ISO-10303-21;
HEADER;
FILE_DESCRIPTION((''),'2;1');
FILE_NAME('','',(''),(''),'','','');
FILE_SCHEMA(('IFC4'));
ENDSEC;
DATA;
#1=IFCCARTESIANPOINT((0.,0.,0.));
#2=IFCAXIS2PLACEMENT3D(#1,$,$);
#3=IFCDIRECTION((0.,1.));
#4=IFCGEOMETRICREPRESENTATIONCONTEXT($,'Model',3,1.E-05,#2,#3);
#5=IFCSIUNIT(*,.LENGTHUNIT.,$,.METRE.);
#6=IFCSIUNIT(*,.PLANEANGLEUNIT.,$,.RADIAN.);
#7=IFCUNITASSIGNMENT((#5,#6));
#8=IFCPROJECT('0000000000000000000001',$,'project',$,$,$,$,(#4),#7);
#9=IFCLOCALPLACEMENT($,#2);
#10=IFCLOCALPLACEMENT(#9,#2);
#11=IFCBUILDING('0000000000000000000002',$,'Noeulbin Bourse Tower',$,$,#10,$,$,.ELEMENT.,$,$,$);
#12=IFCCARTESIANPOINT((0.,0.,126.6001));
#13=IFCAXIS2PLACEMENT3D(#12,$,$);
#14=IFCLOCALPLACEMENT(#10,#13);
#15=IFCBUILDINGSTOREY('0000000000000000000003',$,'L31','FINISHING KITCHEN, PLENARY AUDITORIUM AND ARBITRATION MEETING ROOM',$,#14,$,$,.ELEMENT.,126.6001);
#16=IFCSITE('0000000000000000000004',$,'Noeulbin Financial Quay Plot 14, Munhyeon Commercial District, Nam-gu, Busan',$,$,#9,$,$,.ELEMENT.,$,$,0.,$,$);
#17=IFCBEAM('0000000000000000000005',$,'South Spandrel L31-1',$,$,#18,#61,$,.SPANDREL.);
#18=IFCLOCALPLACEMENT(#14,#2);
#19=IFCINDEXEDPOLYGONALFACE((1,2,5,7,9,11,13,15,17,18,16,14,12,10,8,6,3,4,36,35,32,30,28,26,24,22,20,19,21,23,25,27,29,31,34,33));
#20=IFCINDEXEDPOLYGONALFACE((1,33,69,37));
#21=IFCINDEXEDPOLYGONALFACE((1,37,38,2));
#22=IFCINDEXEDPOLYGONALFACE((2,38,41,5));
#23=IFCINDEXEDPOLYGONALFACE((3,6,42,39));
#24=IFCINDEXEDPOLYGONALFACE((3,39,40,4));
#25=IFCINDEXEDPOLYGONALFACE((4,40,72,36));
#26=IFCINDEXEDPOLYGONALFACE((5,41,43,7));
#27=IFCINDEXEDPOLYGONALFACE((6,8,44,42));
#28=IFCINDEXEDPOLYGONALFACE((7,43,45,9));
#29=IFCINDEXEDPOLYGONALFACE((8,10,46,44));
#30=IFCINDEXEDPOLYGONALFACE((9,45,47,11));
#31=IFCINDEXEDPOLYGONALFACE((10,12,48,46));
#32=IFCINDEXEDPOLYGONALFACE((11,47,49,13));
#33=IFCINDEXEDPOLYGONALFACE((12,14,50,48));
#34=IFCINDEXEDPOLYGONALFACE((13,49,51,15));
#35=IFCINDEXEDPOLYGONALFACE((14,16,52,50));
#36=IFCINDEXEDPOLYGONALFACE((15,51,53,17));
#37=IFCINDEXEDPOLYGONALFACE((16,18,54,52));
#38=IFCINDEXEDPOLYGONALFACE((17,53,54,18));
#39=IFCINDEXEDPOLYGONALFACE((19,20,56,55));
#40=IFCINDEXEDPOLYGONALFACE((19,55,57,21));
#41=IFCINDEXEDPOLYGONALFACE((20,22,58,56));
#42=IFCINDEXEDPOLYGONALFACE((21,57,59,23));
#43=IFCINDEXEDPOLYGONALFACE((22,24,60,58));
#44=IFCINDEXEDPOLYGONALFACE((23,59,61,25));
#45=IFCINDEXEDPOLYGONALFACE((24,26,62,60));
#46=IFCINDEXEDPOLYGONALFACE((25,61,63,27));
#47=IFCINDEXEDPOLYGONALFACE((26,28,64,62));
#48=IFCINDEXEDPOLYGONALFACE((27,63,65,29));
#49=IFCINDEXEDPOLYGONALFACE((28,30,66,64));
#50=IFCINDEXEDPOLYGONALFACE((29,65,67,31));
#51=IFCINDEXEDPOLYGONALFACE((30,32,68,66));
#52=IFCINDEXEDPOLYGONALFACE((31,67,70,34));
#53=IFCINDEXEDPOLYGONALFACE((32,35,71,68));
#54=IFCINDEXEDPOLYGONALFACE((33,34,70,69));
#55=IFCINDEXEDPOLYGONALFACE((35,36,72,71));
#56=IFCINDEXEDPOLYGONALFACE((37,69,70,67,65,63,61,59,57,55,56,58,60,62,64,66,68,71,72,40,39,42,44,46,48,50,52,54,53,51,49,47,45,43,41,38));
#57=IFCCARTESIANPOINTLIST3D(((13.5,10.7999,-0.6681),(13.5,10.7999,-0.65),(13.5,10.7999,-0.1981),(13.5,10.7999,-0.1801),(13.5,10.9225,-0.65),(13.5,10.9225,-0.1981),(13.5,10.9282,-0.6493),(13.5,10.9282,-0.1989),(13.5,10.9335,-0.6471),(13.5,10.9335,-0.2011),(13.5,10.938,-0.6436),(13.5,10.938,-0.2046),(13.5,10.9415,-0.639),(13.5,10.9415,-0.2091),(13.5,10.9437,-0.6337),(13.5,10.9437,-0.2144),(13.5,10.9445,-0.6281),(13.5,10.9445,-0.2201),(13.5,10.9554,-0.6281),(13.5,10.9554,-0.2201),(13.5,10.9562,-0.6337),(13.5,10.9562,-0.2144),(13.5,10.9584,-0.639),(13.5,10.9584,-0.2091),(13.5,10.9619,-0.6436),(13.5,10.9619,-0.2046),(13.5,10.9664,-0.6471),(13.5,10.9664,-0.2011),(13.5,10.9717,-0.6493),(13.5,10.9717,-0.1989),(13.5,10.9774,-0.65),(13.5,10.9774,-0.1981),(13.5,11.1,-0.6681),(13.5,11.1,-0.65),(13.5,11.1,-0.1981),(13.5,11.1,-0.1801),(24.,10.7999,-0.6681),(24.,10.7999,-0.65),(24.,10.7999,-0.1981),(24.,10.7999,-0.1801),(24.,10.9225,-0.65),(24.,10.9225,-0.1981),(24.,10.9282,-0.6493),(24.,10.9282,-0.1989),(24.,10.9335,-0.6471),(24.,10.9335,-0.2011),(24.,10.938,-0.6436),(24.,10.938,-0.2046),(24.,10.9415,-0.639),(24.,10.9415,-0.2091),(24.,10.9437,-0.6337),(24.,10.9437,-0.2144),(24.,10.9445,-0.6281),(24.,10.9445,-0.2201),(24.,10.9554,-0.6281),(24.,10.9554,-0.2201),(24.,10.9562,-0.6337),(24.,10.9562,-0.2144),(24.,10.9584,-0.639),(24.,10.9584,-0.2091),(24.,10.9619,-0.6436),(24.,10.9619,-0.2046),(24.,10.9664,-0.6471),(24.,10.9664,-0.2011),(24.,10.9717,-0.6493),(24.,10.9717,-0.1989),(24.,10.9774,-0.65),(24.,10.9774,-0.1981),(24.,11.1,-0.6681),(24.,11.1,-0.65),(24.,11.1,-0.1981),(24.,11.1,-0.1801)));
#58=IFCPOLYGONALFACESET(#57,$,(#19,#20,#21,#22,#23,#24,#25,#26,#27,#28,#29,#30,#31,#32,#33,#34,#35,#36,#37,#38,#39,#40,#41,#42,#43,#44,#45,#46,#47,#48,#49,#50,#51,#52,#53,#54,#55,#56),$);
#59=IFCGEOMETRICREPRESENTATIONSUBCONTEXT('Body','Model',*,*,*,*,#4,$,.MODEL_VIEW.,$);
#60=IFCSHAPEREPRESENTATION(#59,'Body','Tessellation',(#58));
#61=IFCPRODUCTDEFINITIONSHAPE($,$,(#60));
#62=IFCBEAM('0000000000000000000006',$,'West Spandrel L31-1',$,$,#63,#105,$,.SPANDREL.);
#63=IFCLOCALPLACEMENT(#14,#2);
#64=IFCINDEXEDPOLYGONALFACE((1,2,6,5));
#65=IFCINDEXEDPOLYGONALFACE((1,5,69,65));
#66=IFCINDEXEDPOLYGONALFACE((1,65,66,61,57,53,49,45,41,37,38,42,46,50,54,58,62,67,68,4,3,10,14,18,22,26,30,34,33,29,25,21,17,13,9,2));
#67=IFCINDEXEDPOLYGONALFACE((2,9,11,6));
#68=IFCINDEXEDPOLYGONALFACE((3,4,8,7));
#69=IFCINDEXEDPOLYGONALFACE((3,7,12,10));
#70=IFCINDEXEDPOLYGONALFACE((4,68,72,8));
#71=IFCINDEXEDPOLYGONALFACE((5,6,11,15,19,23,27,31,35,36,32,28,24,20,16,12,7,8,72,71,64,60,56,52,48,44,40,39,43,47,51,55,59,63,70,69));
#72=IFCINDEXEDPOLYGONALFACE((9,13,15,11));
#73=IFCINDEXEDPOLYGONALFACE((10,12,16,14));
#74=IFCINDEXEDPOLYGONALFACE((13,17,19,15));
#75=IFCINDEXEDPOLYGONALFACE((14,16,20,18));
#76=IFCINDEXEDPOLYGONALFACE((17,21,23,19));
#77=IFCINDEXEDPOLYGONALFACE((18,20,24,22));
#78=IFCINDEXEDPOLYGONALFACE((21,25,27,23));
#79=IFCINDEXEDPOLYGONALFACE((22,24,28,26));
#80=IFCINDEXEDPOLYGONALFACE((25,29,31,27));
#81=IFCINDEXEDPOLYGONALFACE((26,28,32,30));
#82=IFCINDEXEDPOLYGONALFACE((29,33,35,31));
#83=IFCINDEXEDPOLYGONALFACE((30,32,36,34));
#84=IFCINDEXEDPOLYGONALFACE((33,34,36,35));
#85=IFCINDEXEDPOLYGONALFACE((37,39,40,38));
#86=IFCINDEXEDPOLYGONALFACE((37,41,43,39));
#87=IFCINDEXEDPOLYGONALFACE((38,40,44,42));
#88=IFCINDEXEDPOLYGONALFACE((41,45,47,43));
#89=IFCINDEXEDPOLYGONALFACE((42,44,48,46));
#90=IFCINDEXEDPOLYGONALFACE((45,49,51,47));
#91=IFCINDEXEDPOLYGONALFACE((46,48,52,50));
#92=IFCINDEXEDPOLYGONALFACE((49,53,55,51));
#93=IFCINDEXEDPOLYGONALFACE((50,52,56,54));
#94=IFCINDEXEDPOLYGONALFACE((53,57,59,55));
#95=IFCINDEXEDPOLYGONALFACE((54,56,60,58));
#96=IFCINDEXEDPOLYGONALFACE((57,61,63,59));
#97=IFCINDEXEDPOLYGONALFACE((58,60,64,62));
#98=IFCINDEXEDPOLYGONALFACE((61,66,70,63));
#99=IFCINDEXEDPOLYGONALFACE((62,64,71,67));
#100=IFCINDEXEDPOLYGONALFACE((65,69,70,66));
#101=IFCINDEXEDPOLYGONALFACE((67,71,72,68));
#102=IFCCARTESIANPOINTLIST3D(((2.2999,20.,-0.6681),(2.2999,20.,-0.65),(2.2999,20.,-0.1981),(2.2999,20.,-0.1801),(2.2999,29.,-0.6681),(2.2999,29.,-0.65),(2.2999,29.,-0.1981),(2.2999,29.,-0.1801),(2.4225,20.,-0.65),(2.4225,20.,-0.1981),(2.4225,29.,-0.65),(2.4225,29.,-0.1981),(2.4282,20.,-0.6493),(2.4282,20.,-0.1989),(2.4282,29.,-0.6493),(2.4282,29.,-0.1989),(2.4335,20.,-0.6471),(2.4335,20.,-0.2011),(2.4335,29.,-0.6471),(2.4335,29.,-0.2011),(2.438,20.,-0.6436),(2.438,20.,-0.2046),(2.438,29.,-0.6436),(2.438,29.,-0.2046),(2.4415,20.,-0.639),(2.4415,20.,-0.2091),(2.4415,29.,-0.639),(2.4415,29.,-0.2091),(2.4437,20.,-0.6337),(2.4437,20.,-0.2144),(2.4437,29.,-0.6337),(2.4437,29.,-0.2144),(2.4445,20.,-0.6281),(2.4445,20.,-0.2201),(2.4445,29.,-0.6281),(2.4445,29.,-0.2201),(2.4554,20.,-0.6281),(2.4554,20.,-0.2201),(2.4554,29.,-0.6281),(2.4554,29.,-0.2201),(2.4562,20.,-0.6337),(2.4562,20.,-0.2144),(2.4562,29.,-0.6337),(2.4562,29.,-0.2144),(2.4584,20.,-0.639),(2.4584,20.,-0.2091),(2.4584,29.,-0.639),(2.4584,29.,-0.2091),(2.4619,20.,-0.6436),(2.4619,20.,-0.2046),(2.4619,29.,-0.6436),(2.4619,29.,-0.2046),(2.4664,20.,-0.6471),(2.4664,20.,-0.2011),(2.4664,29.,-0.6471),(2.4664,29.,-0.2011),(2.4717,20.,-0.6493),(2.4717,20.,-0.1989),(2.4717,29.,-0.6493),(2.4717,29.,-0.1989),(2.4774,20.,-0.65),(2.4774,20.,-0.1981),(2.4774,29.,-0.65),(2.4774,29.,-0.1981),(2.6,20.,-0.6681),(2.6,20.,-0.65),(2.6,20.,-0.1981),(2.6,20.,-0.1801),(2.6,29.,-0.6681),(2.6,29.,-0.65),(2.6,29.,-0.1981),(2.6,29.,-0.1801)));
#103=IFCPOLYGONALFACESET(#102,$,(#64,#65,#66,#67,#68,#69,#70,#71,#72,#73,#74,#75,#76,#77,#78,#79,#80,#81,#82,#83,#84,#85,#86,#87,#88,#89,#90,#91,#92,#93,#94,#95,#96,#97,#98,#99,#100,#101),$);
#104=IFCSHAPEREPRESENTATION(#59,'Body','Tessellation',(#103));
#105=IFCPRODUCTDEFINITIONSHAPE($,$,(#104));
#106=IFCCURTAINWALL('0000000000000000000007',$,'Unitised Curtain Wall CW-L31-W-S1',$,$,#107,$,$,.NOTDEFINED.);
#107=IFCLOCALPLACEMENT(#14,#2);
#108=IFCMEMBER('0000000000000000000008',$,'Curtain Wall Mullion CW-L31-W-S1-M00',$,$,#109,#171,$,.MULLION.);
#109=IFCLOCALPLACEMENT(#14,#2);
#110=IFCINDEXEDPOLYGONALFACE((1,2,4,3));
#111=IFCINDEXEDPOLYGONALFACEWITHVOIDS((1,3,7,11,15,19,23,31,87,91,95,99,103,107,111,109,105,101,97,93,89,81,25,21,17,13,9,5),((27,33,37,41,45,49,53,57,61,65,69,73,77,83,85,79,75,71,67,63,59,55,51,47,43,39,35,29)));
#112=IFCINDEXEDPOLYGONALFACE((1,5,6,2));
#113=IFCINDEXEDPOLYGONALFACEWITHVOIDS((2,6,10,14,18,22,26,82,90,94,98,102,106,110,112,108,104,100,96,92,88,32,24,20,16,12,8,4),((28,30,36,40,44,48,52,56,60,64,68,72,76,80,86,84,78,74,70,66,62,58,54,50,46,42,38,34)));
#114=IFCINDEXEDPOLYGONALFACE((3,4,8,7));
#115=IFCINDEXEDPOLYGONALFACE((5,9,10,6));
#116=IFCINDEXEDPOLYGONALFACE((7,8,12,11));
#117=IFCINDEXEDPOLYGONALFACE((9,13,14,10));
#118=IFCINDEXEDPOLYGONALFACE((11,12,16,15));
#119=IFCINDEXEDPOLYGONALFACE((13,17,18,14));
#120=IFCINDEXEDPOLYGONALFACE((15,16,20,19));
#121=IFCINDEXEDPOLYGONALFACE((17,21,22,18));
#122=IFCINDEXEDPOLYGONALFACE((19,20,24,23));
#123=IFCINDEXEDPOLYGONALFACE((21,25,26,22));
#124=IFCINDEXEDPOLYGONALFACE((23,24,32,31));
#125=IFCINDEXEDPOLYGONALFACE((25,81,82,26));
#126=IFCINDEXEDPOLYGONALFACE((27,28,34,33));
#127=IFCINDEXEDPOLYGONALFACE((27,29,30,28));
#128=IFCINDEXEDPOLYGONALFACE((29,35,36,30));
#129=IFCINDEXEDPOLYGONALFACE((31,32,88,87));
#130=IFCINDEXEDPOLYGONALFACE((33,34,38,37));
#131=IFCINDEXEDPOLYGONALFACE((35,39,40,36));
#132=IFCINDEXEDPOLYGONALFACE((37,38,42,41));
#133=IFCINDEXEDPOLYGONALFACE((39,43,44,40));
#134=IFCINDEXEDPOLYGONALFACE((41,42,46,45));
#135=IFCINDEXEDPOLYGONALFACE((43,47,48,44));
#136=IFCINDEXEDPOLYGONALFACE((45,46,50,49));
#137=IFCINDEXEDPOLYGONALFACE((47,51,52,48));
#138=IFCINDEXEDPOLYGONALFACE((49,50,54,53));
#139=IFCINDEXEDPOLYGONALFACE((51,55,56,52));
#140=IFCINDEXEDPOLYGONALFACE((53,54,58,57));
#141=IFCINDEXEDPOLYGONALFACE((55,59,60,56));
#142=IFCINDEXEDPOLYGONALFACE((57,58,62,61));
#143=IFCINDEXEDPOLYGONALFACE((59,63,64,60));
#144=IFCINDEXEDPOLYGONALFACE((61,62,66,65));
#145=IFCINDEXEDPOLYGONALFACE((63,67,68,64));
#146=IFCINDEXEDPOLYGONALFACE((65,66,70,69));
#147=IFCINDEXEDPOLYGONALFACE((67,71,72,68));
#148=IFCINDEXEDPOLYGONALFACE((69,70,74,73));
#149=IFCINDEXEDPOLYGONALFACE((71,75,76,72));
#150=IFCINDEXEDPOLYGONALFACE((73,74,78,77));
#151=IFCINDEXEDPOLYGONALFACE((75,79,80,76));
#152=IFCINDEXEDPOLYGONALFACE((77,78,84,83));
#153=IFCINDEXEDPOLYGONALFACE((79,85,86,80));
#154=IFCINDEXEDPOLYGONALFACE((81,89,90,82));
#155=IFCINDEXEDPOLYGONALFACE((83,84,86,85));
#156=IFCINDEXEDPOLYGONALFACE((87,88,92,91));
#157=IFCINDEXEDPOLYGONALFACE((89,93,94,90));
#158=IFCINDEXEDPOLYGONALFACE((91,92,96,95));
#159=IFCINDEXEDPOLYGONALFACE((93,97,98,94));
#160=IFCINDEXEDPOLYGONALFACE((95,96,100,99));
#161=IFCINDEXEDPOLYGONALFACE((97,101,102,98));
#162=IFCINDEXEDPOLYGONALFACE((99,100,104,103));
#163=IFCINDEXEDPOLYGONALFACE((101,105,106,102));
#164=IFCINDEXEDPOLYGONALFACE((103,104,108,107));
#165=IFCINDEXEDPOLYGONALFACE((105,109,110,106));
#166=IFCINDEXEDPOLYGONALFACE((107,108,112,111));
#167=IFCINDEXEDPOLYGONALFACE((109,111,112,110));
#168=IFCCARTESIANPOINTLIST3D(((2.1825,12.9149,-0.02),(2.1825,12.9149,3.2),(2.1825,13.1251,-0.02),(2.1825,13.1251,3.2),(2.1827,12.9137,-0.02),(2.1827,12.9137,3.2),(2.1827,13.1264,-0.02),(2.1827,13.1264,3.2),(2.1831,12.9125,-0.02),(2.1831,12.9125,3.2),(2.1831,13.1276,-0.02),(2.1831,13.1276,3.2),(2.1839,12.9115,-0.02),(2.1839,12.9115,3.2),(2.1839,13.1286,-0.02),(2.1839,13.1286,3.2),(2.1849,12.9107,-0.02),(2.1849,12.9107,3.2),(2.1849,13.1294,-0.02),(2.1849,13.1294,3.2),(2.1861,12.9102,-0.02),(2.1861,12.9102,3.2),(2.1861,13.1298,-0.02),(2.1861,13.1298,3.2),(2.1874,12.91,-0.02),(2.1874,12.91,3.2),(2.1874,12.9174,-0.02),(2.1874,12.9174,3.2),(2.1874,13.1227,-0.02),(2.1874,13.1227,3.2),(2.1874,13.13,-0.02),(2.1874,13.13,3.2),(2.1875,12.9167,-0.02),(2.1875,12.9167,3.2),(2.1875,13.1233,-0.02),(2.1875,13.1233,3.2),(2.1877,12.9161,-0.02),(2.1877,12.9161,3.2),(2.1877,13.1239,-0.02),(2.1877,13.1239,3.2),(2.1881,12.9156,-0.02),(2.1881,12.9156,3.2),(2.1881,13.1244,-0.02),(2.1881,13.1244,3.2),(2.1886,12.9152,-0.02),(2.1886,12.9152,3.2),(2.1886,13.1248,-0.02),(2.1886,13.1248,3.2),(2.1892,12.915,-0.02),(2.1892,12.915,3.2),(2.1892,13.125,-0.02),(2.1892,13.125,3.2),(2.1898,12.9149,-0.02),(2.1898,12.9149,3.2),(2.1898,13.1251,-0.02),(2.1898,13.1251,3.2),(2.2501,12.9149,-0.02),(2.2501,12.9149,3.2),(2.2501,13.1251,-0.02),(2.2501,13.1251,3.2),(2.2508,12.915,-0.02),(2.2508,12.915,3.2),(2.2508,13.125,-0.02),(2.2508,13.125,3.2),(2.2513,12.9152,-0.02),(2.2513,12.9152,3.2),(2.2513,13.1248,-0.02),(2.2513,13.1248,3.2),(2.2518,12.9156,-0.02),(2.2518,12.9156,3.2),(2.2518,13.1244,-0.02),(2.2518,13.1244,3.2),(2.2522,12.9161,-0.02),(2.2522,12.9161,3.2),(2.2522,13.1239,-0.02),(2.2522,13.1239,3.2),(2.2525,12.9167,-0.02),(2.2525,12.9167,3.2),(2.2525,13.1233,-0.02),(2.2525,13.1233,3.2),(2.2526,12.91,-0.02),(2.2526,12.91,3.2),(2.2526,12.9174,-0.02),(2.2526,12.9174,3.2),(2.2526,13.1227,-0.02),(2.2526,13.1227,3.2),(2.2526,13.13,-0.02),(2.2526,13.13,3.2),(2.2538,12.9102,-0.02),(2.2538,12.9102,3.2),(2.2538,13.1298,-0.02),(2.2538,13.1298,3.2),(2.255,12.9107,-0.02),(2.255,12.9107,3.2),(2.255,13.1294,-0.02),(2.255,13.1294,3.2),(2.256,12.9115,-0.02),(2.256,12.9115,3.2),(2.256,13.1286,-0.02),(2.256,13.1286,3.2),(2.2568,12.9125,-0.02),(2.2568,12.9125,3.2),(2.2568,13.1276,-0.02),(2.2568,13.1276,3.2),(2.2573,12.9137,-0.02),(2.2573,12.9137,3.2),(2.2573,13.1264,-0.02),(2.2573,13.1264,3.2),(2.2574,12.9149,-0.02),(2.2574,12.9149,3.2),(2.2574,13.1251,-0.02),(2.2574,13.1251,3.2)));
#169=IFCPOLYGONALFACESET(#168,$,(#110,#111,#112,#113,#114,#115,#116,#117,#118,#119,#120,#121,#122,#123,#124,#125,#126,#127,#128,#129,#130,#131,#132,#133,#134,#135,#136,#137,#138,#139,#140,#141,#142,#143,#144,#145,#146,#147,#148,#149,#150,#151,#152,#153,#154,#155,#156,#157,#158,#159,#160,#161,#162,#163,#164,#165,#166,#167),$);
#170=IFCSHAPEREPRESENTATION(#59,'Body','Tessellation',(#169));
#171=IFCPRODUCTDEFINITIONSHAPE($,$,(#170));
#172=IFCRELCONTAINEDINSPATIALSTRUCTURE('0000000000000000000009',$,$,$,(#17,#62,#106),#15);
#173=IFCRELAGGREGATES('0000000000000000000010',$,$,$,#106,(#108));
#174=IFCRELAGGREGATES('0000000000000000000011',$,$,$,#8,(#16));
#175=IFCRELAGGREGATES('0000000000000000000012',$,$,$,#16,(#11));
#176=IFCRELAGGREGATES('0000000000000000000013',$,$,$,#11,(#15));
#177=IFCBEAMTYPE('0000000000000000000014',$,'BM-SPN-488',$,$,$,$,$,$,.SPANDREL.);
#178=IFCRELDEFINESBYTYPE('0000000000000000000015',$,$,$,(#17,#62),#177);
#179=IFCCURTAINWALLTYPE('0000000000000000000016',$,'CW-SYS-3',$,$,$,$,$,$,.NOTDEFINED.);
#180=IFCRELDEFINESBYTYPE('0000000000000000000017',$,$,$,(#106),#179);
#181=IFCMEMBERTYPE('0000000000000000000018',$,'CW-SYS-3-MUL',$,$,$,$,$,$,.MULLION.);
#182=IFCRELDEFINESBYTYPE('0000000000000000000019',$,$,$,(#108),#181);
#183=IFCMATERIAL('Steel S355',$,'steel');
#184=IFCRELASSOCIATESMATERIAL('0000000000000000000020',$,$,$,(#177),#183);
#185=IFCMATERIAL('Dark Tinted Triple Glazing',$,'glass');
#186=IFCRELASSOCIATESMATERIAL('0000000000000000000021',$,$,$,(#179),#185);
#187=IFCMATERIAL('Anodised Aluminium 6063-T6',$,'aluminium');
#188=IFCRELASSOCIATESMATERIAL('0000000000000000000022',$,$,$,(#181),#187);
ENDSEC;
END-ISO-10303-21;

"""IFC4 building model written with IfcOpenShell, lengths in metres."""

from ifc_helpers import new_model, si_unit, direction, frame, origin, origin_2d, place, context, subcontext, project, spatial, hollow_rectangle, i_section, extrude, material, material_profile, profile_set, type_object, element, aggregate, save


model = new_model("IFC4")

# Units and contexts
model_context = context("Model", 3, precision=1e-05, world=origin(), true_north=direction((0.0, 1.0)))
body_context = subcontext(model_context, "Body", "Model", "MODEL_VIEW")
ifc_project = project(units=[si_unit("LENGTHUNIT", "METRE"), si_unit("PLANEANGLEUNIT", "RADIAN")], contexts=[model_context])

# Site, building, storey
site_placement = place(None, origin())
site = spatial("IfcSite", under=ifc_project, at=site_placement, Name="Noeulbin Financial Quay Plot 14, Munhyeon Commercial District, Nam-gu, Busan", CompositionType="ELEMENT", RefElevation=0.0)
building_placement = place(site_placement, origin())
building = spatial("IfcBuilding", under=site, at=building_placement, Name="Noeulbin Bourse Tower", CompositionType="ELEMENT")
storey_placement = place(building_placement, frame((0.0, 0.0, 126.6001)))
storey = spatial("IfcBuildingStorey", under=building, at=storey_placement, Name="L31", Description="FINISHING KITCHEN, PLENARY AUDITORIUM AND ARBITRATION MEETING ROOM", CompositionType="ELEMENT", Elevation=126.6001)

# Shared definitions
ifc_material_1 = material(Name="Steel S355", Category="steel")

# Beams
ifc_material_profile_1 = material_profile(ifc_material_1, i_section(OverallWidth=0.3, OverallDepth=0.488, WebThickness=0.011, FlangeThickness=0.0181, FilletRadius=0.022, at=origin_2d()), Name="H-488x300x11x18", Category="LoadBearing")
ifc_profile_set_1 = profile_set([ifc_material_profile_1], Name="Steel S355")
beam_type_1 = type_object("IfcBeamType", Name="BM-SPN-488", PredefinedType="SPANDREL", material=ifc_profile_set_1)
beam_1_placement = place(storey_placement, frame((13.5, 10.95, -0.4241), z_axis=(1.0, 0.0, 0.0), x_axis=(0.0, 1.0, 0.0)))
element("IfcBeam", 1, at=beam_1_placement, inside=storey, type_object=beam_type_1, Name="South Spandrel L31-1", PredefinedType="SPANDREL", context=body_context, shape_type="SweptSolid", body=[
    extrude(i_section(OverallWidth=0.3, OverallDepth=0.488, WebThickness=0.011, FlangeThickness=0.0181, FilletRadius=0.022, at=origin_2d()), origin(), (0.0, 0.0, 1.0), 10.5),
])
beam_2_placement = place(storey_placement, frame((2.45, 20.0, -0.4241), z_axis=(0.0, 1.0, 0.0), x_axis=(-1.0, 0.0, 0.0)))
element("IfcBeam", 2, at=beam_2_placement, inside=storey, type_object=beam_type_1, Name="West Spandrel L31-1", PredefinedType="SPANDREL", context=body_context, shape_type="SweptSolid", body=[
    extrude(i_section(OverallWidth=0.3, OverallDepth=0.488, WebThickness=0.011, FlangeThickness=0.0181, FilletRadius=0.022, at=origin_2d()), origin(), (0.0, 0.0, 1.0), 9.0),
])

# Curtain wall, member
ifc_material_2 = material(Name="Dark Tinted Triple Glazing", Category="glass")
curtain_wall_type = type_object("IfcCurtainWallType", Name="CW-SYS-3", PredefinedType="NOTDEFINED", material=ifc_material_2)
curtain_wall_placement = place(storey_placement, origin())
curtain_wall = element("IfcCurtainWall", 3, at=curtain_wall_placement, inside=storey, type_object=curtain_wall_type, Name="Unitised Curtain Wall CW-L31-W-S1", PredefinedType="NOTDEFINED")
ifc_material_3 = material(Name="Anodised Aluminium 6063-T6", Category="aluminium")
ifc_material_profile_2 = material_profile(ifc_material_3, hollow_rectangle(XDim=0.075, YDim=0.22, WallThickness=0.0049, InnerFilletRadius=0.0024, OuterFilletRadius=0.0049, at=origin_2d()), Name="ALU-MULL-75x220x5", Category="LoadBearing")
ifc_profile_set_2 = profile_set([ifc_material_profile_2], Name="Anodised Aluminium 6063-T6")
member_type_1 = type_object("IfcMemberType", Name="CW-SYS-3-MUL", PredefinedType="MULLION", material=ifc_profile_set_2)
member_1_placement = place(storey_placement, frame((2.22, 13.02, -0.02), z_axis=(0.0, 0.0, 1.0), x_axis=(1.0, 0.0, 0.0)))
member_1 = element("IfcMember", 4, at=member_1_placement, type_object=member_type_1, Name="Curtain Wall Mullion CW-L31-W-S1-M00", PredefinedType="MULLION", context=body_context, shape_type="SweptSolid", body=[
    extrude(hollow_rectangle(XDim=0.075, YDim=0.22, WallThickness=0.0049, InnerFilletRadius=0.0024, OuterFilletRadius=0.0049, at=origin_2d()), origin(), (0.0, 0.0, 1.0), 3.22),
])
aggregate(curtain_wall, [member_1])

save(model, "model.ifc")
